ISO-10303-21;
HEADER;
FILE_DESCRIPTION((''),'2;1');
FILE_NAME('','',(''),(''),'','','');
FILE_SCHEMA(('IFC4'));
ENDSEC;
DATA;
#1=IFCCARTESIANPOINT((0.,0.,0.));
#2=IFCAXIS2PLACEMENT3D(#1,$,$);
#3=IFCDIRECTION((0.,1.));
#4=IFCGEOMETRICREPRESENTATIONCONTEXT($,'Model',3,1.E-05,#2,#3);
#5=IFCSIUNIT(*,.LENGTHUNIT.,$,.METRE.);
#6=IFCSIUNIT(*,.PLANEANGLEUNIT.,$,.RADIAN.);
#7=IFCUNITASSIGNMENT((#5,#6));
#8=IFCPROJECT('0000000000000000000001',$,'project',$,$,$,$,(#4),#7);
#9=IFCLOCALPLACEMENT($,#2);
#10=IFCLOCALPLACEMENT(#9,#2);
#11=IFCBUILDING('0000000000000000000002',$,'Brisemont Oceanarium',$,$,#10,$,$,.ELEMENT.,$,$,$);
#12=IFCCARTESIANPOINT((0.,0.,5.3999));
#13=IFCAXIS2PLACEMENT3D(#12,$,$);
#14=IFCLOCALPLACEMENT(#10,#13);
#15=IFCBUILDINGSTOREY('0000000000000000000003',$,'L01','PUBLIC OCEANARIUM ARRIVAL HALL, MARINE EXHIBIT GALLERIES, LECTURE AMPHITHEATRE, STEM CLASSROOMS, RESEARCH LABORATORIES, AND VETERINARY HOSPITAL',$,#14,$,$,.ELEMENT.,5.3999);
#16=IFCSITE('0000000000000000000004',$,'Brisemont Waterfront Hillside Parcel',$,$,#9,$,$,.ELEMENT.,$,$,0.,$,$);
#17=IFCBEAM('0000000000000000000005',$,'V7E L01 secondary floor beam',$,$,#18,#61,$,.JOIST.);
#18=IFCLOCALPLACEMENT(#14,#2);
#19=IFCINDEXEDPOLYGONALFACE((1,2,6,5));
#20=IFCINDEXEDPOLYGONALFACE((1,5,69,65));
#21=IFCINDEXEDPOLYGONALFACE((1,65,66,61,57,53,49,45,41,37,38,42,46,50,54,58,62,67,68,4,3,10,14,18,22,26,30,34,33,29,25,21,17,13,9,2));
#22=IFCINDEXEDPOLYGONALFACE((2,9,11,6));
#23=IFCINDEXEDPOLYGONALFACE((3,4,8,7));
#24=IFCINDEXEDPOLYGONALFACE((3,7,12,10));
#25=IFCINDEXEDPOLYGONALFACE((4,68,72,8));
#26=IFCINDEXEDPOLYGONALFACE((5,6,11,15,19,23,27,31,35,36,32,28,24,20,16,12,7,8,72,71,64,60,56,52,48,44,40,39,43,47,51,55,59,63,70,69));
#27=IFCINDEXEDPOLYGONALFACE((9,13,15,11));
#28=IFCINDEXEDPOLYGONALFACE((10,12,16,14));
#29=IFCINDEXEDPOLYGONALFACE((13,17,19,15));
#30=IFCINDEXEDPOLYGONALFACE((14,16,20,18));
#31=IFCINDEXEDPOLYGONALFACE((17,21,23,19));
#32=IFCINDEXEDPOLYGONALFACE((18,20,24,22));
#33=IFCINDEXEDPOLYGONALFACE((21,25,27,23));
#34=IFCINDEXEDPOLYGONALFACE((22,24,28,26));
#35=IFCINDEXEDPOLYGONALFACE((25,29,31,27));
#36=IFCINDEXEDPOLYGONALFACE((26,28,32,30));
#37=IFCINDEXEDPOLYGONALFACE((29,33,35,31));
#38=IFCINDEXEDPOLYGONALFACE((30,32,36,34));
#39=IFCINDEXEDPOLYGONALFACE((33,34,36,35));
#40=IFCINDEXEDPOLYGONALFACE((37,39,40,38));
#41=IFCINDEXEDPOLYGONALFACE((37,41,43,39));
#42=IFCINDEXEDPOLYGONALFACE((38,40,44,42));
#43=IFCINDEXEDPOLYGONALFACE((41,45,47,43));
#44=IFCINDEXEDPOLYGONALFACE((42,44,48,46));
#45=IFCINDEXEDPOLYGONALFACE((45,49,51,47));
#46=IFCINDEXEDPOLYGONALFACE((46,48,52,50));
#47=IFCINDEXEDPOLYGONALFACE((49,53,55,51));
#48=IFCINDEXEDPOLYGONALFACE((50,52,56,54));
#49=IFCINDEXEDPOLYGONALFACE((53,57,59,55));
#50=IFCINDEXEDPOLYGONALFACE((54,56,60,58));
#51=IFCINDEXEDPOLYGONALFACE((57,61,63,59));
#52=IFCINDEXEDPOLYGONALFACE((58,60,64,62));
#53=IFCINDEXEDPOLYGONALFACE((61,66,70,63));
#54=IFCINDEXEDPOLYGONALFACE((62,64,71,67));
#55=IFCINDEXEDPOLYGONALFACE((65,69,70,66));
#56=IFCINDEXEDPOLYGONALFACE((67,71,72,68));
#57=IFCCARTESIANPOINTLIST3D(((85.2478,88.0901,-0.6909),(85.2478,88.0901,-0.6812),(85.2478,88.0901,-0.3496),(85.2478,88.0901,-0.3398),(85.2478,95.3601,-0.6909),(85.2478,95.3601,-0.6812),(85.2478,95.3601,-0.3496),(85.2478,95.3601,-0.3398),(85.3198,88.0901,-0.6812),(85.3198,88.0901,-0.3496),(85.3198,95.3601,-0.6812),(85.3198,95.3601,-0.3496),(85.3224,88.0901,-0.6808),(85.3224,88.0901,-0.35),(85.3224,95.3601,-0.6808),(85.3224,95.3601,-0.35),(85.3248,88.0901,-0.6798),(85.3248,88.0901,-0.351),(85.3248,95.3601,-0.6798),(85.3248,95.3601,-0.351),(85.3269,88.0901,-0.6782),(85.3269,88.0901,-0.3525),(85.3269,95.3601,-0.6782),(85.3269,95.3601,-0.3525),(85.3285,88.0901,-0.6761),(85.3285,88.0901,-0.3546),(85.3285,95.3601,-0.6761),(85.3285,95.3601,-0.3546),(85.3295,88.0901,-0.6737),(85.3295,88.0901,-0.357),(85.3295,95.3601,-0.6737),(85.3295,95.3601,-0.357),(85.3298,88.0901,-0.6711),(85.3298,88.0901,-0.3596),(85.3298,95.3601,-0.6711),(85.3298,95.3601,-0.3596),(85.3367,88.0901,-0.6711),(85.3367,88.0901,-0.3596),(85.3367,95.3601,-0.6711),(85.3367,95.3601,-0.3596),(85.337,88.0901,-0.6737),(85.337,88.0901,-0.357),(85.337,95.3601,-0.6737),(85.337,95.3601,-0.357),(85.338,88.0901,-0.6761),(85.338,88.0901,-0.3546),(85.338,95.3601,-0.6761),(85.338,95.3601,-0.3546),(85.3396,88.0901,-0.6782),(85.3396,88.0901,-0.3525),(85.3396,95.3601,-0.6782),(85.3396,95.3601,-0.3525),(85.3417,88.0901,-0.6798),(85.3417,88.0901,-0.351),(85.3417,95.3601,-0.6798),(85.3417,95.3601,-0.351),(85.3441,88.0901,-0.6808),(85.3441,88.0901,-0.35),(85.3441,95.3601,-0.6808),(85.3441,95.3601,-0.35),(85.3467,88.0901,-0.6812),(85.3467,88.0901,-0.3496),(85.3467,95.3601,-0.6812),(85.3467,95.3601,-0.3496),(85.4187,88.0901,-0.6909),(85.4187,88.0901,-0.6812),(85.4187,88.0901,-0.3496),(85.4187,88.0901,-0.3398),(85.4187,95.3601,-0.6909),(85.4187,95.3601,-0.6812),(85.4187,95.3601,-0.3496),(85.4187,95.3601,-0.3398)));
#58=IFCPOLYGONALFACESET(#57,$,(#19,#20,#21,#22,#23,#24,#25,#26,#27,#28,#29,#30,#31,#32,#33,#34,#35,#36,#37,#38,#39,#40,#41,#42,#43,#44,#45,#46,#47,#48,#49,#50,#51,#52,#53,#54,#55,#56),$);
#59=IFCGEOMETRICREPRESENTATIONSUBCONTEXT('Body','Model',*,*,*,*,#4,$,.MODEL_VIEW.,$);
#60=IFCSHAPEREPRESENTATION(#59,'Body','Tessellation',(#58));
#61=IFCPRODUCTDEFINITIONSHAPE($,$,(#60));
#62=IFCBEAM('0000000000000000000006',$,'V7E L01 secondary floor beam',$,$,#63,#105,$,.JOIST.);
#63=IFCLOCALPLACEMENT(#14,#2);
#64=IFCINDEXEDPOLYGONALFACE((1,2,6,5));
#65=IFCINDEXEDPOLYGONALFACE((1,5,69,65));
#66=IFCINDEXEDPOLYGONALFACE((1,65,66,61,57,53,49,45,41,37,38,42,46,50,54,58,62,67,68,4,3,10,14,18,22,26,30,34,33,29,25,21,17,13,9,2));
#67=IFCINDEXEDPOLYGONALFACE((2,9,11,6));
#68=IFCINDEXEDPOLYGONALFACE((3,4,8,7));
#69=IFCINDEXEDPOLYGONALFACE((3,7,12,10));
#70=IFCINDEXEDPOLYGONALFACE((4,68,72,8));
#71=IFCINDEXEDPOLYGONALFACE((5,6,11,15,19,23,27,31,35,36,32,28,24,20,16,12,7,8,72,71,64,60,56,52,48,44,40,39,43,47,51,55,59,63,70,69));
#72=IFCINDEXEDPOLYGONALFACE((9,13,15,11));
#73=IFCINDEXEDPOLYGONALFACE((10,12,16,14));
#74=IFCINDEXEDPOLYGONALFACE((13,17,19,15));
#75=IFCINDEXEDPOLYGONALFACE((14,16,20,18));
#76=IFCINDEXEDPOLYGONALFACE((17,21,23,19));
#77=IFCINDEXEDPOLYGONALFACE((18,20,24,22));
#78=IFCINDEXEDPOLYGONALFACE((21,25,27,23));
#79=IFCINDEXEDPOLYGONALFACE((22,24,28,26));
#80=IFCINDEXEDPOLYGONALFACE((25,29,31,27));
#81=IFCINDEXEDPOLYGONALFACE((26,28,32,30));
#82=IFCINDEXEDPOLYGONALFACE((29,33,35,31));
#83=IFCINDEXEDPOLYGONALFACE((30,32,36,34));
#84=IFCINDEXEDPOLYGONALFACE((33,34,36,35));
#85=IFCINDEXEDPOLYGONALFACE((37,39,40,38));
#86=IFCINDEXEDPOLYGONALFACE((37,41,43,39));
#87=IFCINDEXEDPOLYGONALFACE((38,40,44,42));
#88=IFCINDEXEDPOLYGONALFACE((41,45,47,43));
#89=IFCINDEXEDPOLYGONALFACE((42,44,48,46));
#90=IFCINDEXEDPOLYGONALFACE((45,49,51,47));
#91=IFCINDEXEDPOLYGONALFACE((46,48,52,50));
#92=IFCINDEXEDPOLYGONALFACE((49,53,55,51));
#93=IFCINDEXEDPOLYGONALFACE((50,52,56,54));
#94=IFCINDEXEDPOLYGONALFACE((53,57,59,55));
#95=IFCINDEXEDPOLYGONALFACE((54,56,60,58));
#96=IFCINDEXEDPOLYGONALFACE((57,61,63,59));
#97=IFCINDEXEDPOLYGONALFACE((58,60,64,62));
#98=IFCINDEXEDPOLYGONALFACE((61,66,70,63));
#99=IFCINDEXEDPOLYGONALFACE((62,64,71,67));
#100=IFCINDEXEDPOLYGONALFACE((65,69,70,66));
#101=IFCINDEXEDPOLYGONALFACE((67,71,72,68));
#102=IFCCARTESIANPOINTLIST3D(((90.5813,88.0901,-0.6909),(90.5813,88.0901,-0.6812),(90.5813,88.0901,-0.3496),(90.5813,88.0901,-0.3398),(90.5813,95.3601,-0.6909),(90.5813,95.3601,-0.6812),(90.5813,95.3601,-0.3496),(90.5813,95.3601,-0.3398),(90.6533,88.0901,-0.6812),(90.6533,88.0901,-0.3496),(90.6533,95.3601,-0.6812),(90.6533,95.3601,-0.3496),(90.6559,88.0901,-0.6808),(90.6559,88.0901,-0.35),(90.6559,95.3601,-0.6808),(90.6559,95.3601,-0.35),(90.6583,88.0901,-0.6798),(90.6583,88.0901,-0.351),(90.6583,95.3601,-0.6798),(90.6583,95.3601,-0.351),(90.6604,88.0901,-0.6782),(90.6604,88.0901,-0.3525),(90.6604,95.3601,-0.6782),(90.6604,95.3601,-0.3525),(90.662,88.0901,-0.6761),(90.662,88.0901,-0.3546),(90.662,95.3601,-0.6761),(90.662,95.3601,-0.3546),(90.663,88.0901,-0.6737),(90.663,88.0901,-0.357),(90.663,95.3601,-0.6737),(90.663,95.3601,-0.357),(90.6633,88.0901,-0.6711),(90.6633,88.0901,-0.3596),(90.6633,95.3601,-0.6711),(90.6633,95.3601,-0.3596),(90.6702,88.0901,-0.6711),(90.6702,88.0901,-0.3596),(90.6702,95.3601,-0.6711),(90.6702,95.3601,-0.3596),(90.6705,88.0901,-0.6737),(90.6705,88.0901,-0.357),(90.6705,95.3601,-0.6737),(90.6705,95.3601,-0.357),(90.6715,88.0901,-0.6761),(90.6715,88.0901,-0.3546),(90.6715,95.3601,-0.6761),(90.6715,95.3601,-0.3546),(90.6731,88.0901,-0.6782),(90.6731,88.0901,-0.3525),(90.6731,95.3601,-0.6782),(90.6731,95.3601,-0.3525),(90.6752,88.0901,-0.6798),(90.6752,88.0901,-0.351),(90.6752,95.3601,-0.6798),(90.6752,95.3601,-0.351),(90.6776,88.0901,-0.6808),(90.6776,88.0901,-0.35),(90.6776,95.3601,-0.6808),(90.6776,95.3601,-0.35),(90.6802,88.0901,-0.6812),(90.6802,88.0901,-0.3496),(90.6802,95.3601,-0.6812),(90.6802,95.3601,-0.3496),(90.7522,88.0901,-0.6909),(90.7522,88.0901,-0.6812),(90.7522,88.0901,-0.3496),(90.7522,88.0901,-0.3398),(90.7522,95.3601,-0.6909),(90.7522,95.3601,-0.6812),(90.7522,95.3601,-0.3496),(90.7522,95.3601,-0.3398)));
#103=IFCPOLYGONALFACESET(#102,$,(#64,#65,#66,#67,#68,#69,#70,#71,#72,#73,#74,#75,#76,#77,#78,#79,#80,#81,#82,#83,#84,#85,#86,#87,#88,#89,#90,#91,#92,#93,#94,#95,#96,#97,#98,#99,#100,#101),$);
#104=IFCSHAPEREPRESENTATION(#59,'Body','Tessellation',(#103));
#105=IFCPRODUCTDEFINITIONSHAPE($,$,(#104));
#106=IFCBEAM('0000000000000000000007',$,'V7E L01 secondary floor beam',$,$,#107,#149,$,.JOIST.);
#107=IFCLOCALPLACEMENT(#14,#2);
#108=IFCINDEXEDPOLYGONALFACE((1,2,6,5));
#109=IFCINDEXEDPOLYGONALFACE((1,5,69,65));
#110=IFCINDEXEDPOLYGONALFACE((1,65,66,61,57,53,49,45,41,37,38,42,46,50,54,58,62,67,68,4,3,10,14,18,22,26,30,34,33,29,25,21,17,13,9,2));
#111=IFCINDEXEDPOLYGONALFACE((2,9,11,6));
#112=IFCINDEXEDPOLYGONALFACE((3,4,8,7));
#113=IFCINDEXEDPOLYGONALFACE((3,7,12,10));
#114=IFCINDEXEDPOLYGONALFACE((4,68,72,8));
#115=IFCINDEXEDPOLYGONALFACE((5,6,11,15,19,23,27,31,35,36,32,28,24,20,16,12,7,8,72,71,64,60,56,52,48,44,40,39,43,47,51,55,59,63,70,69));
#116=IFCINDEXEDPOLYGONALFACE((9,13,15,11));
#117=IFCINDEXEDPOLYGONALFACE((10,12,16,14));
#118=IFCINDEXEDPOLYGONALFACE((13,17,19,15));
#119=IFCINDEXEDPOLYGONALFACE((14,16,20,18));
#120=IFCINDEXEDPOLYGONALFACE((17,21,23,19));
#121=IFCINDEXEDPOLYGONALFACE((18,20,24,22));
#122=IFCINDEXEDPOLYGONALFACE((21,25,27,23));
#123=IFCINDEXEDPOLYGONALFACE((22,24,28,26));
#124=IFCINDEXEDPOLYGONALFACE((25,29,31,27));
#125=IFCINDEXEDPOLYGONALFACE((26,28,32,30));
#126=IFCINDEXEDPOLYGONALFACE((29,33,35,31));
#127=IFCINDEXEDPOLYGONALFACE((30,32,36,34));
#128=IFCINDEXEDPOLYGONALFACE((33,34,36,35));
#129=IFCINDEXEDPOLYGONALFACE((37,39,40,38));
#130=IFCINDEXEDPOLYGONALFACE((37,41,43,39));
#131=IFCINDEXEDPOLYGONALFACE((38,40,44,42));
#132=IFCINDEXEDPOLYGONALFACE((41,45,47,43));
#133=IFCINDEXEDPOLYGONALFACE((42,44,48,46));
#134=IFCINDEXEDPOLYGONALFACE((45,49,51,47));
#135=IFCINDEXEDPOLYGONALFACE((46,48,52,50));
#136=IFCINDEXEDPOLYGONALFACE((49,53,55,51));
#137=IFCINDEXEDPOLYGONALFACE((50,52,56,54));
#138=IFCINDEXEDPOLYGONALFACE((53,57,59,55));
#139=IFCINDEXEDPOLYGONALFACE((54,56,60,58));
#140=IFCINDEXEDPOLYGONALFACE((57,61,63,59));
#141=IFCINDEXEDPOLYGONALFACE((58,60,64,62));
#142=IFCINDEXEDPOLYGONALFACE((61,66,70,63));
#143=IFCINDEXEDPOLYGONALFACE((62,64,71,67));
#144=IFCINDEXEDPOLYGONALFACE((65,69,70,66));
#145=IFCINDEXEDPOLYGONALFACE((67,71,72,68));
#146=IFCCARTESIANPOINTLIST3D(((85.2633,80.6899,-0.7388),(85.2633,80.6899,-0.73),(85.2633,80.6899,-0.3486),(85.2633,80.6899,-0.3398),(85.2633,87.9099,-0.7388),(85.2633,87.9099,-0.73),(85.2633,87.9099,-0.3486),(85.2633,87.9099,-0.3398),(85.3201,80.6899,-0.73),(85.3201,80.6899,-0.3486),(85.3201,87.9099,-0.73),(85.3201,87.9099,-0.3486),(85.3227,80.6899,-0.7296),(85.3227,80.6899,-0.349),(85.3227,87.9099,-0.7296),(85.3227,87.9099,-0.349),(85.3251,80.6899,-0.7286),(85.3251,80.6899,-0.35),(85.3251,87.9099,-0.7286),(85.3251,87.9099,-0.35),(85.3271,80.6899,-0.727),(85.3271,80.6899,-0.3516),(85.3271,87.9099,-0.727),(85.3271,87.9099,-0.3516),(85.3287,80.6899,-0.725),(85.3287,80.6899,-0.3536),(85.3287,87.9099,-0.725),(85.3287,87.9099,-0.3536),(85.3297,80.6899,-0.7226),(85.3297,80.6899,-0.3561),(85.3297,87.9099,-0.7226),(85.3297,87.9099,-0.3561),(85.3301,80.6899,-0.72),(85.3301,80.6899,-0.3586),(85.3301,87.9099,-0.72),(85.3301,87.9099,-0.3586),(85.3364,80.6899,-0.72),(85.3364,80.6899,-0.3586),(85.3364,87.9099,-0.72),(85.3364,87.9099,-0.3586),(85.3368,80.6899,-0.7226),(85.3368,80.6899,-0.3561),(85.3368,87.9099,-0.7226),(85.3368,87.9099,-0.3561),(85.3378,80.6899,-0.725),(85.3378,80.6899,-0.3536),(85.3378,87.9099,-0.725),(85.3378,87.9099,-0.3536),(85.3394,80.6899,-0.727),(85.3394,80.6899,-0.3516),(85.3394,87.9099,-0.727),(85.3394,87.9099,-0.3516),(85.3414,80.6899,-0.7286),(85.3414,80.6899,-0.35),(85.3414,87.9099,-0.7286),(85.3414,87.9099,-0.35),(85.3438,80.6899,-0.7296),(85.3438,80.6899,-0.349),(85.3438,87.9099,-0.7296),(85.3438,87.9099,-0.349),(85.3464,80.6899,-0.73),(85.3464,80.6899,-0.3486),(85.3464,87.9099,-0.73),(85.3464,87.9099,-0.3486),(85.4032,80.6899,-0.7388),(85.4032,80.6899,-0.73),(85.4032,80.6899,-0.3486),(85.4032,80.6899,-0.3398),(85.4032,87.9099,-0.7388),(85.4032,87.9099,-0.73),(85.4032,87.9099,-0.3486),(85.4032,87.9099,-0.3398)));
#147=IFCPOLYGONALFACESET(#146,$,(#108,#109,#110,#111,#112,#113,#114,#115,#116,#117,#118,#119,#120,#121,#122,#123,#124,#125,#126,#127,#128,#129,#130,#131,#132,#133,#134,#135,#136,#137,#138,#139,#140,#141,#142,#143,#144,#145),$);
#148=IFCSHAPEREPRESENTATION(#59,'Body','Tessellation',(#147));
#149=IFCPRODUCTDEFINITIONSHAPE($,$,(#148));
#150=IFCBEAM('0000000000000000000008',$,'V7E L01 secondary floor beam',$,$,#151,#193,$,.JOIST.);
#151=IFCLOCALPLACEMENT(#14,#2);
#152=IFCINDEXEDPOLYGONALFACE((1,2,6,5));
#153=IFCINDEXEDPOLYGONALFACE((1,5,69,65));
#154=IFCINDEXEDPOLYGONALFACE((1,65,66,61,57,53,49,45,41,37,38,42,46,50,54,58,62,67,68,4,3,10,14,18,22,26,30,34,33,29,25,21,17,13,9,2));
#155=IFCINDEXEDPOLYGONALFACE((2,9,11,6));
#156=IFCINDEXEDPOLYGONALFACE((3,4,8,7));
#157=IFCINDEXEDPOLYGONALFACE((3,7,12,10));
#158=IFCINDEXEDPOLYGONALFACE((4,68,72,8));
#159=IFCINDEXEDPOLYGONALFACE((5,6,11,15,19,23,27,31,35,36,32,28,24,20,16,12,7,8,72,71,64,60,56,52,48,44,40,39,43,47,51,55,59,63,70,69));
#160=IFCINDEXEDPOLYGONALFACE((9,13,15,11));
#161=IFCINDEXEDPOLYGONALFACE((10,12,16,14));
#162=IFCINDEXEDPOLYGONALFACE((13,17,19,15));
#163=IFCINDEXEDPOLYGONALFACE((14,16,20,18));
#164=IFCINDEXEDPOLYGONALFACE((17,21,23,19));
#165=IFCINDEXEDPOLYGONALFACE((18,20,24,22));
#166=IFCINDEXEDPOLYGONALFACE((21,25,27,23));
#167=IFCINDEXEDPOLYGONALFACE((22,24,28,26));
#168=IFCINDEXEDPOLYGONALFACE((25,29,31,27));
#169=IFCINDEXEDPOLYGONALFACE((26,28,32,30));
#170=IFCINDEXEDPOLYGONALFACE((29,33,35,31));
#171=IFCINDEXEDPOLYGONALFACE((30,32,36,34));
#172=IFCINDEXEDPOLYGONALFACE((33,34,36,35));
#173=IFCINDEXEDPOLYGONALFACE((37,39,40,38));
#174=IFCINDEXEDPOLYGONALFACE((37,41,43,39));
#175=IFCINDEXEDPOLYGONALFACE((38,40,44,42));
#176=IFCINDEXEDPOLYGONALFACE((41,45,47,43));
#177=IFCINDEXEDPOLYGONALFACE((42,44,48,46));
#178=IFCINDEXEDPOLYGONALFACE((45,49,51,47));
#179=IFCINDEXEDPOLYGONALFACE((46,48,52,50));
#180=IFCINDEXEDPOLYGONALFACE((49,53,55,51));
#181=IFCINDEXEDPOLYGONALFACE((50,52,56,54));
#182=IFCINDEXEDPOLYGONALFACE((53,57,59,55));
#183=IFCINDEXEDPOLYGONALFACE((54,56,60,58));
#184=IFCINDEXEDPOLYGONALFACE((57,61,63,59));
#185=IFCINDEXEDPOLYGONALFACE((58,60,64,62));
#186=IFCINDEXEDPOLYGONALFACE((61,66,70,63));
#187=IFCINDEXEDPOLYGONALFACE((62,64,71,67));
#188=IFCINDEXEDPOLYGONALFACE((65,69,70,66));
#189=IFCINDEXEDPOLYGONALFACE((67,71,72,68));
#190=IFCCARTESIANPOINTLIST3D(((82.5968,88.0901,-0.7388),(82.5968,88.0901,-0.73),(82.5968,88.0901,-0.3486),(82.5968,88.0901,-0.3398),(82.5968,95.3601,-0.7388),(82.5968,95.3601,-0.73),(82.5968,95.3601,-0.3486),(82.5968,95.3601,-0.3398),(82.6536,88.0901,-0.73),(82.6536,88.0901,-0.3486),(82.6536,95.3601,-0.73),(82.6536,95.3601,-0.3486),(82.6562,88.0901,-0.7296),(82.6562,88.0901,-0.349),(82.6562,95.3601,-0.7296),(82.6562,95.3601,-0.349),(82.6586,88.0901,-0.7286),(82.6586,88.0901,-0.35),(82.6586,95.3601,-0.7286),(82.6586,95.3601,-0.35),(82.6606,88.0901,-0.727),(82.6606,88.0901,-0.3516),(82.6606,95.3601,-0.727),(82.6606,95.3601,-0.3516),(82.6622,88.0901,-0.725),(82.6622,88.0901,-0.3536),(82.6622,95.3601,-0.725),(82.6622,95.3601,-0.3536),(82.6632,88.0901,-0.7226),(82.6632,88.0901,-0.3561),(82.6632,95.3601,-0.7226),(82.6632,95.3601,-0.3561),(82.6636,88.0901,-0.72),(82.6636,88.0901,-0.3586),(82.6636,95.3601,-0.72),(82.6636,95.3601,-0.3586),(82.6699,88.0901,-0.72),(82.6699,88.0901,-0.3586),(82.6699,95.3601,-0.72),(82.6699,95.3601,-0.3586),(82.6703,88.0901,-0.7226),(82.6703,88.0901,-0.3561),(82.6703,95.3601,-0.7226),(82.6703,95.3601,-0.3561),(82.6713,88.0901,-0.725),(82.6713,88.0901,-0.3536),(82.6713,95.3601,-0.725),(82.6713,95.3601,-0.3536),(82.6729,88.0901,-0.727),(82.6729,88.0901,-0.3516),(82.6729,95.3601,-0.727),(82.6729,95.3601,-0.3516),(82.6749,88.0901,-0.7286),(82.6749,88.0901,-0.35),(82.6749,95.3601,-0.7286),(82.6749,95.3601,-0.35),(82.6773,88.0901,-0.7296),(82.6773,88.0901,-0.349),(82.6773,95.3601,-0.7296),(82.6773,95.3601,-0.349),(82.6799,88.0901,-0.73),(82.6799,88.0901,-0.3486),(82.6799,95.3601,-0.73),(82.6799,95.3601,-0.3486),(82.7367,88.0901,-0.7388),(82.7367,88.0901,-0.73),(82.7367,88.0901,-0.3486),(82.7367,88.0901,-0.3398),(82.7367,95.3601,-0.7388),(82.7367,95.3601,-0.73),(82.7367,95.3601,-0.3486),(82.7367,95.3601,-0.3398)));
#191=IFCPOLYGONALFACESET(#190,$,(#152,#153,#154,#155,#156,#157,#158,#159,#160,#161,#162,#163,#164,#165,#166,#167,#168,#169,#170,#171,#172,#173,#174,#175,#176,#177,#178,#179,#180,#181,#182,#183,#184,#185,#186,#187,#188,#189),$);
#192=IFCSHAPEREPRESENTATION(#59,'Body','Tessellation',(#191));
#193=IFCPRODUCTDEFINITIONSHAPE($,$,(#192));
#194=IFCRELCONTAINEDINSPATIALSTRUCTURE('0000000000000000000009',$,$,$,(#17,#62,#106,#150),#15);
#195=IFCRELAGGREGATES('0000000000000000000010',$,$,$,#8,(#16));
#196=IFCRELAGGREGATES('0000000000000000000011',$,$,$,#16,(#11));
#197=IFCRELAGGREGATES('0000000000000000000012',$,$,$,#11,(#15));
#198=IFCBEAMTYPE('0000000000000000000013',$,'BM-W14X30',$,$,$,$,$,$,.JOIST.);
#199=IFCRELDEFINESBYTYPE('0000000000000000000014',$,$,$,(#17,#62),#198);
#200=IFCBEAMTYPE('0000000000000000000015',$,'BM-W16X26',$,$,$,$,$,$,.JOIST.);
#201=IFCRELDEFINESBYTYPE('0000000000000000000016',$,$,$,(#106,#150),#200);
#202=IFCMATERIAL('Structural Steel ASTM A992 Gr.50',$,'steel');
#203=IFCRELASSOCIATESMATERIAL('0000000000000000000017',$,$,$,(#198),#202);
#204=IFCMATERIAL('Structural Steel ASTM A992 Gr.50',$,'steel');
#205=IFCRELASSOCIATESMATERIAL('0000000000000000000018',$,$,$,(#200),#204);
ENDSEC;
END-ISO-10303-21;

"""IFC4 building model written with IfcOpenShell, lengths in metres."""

from ifc_helpers import new_model, si_unit, direction, frame, origin, origin_2d, place, context, subcontext, project, spatial, i_section, extrude, material, material_profile, profile_set, type_object, element, save


model = new_model("IFC4")

# Units and contexts
model_context = context("Model", 3, precision=1e-05, world=origin(), true_north=direction((0.0, 1.0)))
body_context = subcontext(model_context, "Body", "Model", "MODEL_VIEW")
ifc_project = project(units=[si_unit("LENGTHUNIT", "METRE"), si_unit("PLANEANGLEUNIT", "RADIAN")], contexts=[model_context])

# Site, building, storey
site_placement = place(None, origin())
site = spatial("IfcSite", under=ifc_project, at=site_placement, Name="Brisemont Waterfront Hillside Parcel", CompositionType="ELEMENT", RefElevation=0.0)
building_placement = place(site_placement, origin())
building = spatial("IfcBuilding", under=site, at=building_placement, Name="Brisemont Oceanarium", CompositionType="ELEMENT")
storey_placement = place(building_placement, frame((0.0, 0.0, 5.3999)))
storey = spatial("IfcBuildingStorey", under=building, at=storey_placement, Name="L01", Description="PUBLIC OCEANARIUM ARRIVAL HALL, MARINE EXHIBIT GALLERIES, LECTURE AMPHITHEATRE, STEM CLASSROOMS, RESEARCH LABORATORIES, AND VETERINARY HOSPITAL", CompositionType="ELEMENT", Elevation=5.3999)

# Beams
ifc_material_1 = material(Name="Structural Steel ASTM A992 Gr.50", Category="steel")
ifc_material_profile_1 = material_profile(ifc_material_1, i_section(OverallWidth=0.1709, OverallDepth=0.3511, WebThickness=0.0068, FlangeThickness=0.0098, FilletRadius=0.01, at=origin_2d()), Name="W14X30")
ifc_profile_set_1 = profile_set([ifc_material_profile_1], Name="Structural Steel ASTM A992 Gr.50")
beam_type_1 = type_object("IfcBeamType", Name="BM-W14X30", PredefinedType="JOIST", material=ifc_profile_set_1)
for number, where, z_axis, x_axis, name in (
    (1, (85.3333, 88.0901, -0.5154), (0.0, 1.0, 0.0), (-1.0, 0.0, 0.0), "V7E L01 secondary floor beam"),
    (2, (90.6667, 88.0901, -0.5154), (0.0, 1.0, 0.0), (-1.0, 0.0, 0.0), "V7E L01 secondary floor beam"),
):
    element("IfcBeam", number, at=place(storey_placement, frame(where, z_axis=z_axis, x_axis=x_axis)), inside=storey, type_object=beam_type_1, Name=name, PredefinedType="JOIST", context=body_context, shape_type="SweptSolid", body=[
        extrude(i_section(OverallWidth=0.1709, OverallDepth=0.3511, WebThickness=0.0068, FlangeThickness=0.0098, FilletRadius=0.01, at=origin_2d()), origin(), (0.0, 0.0, 1.0), 7.27),
    ])
ifc_material_2 = material(Name="Structural Steel ASTM A992 Gr.50", Category="steel")
ifc_material_profile_2 = material_profile(ifc_material_2, i_section(OverallWidth=0.1399, OverallDepth=0.3989, WebThickness=0.0063, FlangeThickness=0.0088, FilletRadius=0.01, at=origin_2d()), Name="W16X26")
ifc_profile_set_2 = profile_set([ifc_material_profile_2], Name="Structural Steel ASTM A992 Gr.50")
beam_type_2 = type_object("IfcBeamType", Name="BM-W16X26", PredefinedType="JOIST", material=ifc_profile_set_2)
beam_1_placement = place(storey_placement, frame((85.3333, 80.6899, -0.5393), z_axis=(0.0, 1.0, 0.0), x_axis=(-1.0, 0.0, 0.0)))
element("IfcBeam", 3, at=beam_1_placement, inside=storey, type_object=beam_type_2, Name="V7E L01 secondary floor beam", PredefinedType="JOIST", context=body_context, shape_type="SweptSolid", body=[
    extrude(i_section(OverallWidth=0.1399, OverallDepth=0.3989, WebThickness=0.0063, FlangeThickness=0.0088, FilletRadius=0.01, at=origin_2d()), origin(), (0.0, 0.0, 1.0), 7.22),
])
beam_2_placement = place(storey_placement, frame((82.6667, 88.0901, -0.5393), z_axis=(0.0, 1.0, 0.0), x_axis=(-1.0, 0.0, 0.0)))
element("IfcBeam", 4, at=beam_2_placement, inside=storey, type_object=beam_type_2, Name="V7E L01 secondary floor beam", PredefinedType="JOIST", context=body_context, shape_type="SweptSolid", body=[
    extrude(i_section(OverallWidth=0.1399, OverallDepth=0.3989, WebThickness=0.0063, FlangeThickness=0.0088, FilletRadius=0.01, at=origin_2d()), origin(), (0.0, 0.0, 1.0), 7.27),
])

save(model, "model.ifc")
